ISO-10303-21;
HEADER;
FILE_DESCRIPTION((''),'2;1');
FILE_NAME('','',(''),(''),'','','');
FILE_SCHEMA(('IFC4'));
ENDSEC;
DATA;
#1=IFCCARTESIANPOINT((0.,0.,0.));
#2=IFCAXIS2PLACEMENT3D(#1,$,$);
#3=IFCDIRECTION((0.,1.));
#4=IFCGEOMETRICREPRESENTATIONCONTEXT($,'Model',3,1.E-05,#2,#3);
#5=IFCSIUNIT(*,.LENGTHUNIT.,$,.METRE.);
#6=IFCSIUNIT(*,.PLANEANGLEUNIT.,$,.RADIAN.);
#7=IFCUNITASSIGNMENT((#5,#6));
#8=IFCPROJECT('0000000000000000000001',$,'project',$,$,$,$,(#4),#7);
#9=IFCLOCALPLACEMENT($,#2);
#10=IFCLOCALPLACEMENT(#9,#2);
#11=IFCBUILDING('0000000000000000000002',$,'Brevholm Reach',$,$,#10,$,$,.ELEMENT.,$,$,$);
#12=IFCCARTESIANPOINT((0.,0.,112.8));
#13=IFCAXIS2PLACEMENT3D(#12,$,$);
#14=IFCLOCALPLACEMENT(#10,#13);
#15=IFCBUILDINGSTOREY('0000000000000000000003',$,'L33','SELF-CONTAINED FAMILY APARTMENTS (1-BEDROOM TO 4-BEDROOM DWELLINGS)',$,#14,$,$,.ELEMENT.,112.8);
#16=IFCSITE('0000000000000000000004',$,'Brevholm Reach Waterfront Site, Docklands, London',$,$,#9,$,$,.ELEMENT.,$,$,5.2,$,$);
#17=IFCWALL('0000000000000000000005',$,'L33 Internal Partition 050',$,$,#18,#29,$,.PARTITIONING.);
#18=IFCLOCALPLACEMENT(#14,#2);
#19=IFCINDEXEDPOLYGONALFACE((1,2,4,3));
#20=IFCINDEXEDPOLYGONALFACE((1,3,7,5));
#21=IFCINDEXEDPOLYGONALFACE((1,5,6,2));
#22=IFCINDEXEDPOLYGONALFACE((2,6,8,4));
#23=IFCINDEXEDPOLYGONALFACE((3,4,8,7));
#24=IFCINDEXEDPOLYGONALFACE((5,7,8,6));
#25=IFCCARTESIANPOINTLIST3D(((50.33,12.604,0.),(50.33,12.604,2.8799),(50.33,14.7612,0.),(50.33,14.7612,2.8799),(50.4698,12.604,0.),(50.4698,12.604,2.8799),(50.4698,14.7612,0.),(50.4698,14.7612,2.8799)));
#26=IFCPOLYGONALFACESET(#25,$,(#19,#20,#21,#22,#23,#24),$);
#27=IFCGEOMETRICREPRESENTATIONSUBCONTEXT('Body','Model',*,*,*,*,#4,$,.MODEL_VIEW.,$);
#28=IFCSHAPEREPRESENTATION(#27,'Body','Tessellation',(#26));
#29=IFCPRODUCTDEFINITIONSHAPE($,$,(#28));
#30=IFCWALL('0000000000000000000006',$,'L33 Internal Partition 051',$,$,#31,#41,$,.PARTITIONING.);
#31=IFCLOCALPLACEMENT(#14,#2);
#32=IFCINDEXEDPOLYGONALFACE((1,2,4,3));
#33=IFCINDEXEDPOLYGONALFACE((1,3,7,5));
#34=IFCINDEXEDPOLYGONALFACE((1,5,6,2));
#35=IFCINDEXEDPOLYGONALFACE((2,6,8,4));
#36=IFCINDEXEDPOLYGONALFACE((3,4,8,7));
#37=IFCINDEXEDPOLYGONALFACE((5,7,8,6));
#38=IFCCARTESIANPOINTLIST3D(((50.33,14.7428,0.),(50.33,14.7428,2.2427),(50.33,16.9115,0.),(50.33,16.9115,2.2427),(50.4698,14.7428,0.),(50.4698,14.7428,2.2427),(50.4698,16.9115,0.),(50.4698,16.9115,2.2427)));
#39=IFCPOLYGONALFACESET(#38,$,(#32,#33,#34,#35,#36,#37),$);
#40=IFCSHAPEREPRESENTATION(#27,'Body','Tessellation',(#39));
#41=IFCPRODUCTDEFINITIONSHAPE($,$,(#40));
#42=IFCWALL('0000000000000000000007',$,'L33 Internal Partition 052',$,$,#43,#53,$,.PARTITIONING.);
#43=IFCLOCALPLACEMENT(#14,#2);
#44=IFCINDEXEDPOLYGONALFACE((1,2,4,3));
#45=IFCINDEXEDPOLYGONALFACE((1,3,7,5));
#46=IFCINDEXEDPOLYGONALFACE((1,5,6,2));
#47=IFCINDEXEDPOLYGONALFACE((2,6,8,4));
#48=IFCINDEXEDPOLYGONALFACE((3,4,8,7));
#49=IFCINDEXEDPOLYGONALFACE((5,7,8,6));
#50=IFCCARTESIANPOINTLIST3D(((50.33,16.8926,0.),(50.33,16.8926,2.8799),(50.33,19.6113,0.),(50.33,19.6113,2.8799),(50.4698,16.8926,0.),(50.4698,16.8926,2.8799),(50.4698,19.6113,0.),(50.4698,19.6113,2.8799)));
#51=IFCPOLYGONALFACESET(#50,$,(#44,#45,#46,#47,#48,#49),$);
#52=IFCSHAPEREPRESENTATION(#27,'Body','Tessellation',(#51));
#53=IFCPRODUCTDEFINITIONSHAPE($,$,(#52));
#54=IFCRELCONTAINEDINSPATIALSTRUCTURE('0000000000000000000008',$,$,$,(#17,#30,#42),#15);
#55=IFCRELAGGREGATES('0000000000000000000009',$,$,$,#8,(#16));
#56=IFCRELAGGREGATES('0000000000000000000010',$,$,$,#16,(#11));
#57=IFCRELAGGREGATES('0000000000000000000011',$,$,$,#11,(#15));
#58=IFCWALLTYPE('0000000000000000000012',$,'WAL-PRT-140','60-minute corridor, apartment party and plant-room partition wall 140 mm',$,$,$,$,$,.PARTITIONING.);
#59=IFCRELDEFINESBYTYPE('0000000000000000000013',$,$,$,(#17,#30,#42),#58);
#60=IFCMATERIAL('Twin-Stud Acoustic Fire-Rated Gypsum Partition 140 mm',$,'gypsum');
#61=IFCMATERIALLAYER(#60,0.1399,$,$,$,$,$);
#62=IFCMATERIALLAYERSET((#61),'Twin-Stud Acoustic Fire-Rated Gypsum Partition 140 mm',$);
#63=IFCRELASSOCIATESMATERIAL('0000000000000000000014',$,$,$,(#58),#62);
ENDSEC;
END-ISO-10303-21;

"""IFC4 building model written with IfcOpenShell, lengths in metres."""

from ifc_helpers import new_model, si_unit, direction, frame, frame_2d, origin, place, context, subcontext, project, spatial, rectangle, extrude, material, layer, layer_set, type_object, element, save


model = new_model("IFC4")

# Units and contexts
model_context = context("Model", 3, precision=1e-05, world=origin(), true_north=direction((0.0, 1.0)))
body_context = subcontext(model_context, "Body", "Model", "MODEL_VIEW")
ifc_project = project(units=[si_unit("LENGTHUNIT", "METRE"), si_unit("PLANEANGLEUNIT", "RADIAN")], contexts=[model_context])

# Site, building, storey
site_placement = place(None, origin())
site = spatial("IfcSite", under=ifc_project, at=site_placement, Name="Brevholm Reach Waterfront Site, Docklands, London", CompositionType="ELEMENT", RefElevation=5.2)
building_placement = place(site_placement, origin())
building = spatial("IfcBuilding", under=site, at=building_placement, Name="Brevholm Reach", CompositionType="ELEMENT")
storey_placement = place(building_placement, frame((0.0, 0.0, 112.8)))
storey = spatial("IfcBuildingStorey", under=building, at=storey_placement, Name="L33", Description="SELF-CONTAINED FAMILY APARTMENTS (1-BEDROOM TO 4-BEDROOM DWELLINGS)", CompositionType="ELEMENT", Elevation=112.8)

# Shared definitions
ifc_material_1 = material(Name="Twin-Stud Acoustic Fire-Rated Gypsum Partition 140 mm", Category="gypsum")
ifc_layer_1 = layer(ifc_material_1, 0.1399)
ifc_layer_set_1 = layer_set([ifc_layer_1], Name="Twin-Stud Acoustic Fire-Rated Gypsum Partition 140 mm")
wall_type_1 = type_object("IfcWallType", Name="WAL-PRT-140", Description="60-minute corridor, apartment party and plant-room partition wall 140 mm", PredefinedType="PARTITIONING", material=ifc_layer_set_1)

# Walls
wall_1_placement = place(storey_placement, frame((50.3999, 12.604, 0.0), z_axis=(0.0, 0.0, 1.0), x_axis=(0.0, 1.0, 0.0)))
element("IfcWall", 1, at=wall_1_placement, inside=storey, type_object=wall_type_1, Name="L33 Internal Partition 050", PredefinedType="PARTITIONING", context=body_context, shape_type="SweptSolid", body=[
    extrude(rectangle(XDim=2.1572, YDim=0.1399, at=frame_2d((1.0786, 0.0))), origin(), (0.0, 0.0, 1.0), 2.8799),
])
wall_2_placement = place(storey_placement, frame((50.3999, 14.7427, 0.0), z_axis=(0.0, 0.0, 1.0), x_axis=(0.0, 1.0, 0.0)))
element("IfcWall", 2, at=wall_2_placement, inside=storey, type_object=wall_type_1, Name="L33 Internal Partition 051", PredefinedType="PARTITIONING", context=body_context, shape_type="SweptSolid", body=[
    extrude(rectangle(XDim=2.1687, YDim=0.1399, at=frame_2d((1.0845, 0.0))), origin(), (0.0, 0.0, 1.0), 2.2427),
])
wall_3_placement = place(storey_placement, frame((50.3999, 16.8926, 0.0), z_axis=(0.0, 0.0, 1.0), x_axis=(0.0, 1.0, 0.0)))
element("IfcWall", 3, at=wall_3_placement, inside=storey, type_object=wall_type_1, Name="L33 Internal Partition 052", PredefinedType="PARTITIONING", context=body_context, shape_type="SweptSolid", body=[
    extrude(rectangle(XDim=2.7188, YDim=0.1399, at=frame_2d((1.3594, 0.0))), origin(), (0.0, 0.0, 1.0), 2.8799),
])

save(model, "model.ifc")
